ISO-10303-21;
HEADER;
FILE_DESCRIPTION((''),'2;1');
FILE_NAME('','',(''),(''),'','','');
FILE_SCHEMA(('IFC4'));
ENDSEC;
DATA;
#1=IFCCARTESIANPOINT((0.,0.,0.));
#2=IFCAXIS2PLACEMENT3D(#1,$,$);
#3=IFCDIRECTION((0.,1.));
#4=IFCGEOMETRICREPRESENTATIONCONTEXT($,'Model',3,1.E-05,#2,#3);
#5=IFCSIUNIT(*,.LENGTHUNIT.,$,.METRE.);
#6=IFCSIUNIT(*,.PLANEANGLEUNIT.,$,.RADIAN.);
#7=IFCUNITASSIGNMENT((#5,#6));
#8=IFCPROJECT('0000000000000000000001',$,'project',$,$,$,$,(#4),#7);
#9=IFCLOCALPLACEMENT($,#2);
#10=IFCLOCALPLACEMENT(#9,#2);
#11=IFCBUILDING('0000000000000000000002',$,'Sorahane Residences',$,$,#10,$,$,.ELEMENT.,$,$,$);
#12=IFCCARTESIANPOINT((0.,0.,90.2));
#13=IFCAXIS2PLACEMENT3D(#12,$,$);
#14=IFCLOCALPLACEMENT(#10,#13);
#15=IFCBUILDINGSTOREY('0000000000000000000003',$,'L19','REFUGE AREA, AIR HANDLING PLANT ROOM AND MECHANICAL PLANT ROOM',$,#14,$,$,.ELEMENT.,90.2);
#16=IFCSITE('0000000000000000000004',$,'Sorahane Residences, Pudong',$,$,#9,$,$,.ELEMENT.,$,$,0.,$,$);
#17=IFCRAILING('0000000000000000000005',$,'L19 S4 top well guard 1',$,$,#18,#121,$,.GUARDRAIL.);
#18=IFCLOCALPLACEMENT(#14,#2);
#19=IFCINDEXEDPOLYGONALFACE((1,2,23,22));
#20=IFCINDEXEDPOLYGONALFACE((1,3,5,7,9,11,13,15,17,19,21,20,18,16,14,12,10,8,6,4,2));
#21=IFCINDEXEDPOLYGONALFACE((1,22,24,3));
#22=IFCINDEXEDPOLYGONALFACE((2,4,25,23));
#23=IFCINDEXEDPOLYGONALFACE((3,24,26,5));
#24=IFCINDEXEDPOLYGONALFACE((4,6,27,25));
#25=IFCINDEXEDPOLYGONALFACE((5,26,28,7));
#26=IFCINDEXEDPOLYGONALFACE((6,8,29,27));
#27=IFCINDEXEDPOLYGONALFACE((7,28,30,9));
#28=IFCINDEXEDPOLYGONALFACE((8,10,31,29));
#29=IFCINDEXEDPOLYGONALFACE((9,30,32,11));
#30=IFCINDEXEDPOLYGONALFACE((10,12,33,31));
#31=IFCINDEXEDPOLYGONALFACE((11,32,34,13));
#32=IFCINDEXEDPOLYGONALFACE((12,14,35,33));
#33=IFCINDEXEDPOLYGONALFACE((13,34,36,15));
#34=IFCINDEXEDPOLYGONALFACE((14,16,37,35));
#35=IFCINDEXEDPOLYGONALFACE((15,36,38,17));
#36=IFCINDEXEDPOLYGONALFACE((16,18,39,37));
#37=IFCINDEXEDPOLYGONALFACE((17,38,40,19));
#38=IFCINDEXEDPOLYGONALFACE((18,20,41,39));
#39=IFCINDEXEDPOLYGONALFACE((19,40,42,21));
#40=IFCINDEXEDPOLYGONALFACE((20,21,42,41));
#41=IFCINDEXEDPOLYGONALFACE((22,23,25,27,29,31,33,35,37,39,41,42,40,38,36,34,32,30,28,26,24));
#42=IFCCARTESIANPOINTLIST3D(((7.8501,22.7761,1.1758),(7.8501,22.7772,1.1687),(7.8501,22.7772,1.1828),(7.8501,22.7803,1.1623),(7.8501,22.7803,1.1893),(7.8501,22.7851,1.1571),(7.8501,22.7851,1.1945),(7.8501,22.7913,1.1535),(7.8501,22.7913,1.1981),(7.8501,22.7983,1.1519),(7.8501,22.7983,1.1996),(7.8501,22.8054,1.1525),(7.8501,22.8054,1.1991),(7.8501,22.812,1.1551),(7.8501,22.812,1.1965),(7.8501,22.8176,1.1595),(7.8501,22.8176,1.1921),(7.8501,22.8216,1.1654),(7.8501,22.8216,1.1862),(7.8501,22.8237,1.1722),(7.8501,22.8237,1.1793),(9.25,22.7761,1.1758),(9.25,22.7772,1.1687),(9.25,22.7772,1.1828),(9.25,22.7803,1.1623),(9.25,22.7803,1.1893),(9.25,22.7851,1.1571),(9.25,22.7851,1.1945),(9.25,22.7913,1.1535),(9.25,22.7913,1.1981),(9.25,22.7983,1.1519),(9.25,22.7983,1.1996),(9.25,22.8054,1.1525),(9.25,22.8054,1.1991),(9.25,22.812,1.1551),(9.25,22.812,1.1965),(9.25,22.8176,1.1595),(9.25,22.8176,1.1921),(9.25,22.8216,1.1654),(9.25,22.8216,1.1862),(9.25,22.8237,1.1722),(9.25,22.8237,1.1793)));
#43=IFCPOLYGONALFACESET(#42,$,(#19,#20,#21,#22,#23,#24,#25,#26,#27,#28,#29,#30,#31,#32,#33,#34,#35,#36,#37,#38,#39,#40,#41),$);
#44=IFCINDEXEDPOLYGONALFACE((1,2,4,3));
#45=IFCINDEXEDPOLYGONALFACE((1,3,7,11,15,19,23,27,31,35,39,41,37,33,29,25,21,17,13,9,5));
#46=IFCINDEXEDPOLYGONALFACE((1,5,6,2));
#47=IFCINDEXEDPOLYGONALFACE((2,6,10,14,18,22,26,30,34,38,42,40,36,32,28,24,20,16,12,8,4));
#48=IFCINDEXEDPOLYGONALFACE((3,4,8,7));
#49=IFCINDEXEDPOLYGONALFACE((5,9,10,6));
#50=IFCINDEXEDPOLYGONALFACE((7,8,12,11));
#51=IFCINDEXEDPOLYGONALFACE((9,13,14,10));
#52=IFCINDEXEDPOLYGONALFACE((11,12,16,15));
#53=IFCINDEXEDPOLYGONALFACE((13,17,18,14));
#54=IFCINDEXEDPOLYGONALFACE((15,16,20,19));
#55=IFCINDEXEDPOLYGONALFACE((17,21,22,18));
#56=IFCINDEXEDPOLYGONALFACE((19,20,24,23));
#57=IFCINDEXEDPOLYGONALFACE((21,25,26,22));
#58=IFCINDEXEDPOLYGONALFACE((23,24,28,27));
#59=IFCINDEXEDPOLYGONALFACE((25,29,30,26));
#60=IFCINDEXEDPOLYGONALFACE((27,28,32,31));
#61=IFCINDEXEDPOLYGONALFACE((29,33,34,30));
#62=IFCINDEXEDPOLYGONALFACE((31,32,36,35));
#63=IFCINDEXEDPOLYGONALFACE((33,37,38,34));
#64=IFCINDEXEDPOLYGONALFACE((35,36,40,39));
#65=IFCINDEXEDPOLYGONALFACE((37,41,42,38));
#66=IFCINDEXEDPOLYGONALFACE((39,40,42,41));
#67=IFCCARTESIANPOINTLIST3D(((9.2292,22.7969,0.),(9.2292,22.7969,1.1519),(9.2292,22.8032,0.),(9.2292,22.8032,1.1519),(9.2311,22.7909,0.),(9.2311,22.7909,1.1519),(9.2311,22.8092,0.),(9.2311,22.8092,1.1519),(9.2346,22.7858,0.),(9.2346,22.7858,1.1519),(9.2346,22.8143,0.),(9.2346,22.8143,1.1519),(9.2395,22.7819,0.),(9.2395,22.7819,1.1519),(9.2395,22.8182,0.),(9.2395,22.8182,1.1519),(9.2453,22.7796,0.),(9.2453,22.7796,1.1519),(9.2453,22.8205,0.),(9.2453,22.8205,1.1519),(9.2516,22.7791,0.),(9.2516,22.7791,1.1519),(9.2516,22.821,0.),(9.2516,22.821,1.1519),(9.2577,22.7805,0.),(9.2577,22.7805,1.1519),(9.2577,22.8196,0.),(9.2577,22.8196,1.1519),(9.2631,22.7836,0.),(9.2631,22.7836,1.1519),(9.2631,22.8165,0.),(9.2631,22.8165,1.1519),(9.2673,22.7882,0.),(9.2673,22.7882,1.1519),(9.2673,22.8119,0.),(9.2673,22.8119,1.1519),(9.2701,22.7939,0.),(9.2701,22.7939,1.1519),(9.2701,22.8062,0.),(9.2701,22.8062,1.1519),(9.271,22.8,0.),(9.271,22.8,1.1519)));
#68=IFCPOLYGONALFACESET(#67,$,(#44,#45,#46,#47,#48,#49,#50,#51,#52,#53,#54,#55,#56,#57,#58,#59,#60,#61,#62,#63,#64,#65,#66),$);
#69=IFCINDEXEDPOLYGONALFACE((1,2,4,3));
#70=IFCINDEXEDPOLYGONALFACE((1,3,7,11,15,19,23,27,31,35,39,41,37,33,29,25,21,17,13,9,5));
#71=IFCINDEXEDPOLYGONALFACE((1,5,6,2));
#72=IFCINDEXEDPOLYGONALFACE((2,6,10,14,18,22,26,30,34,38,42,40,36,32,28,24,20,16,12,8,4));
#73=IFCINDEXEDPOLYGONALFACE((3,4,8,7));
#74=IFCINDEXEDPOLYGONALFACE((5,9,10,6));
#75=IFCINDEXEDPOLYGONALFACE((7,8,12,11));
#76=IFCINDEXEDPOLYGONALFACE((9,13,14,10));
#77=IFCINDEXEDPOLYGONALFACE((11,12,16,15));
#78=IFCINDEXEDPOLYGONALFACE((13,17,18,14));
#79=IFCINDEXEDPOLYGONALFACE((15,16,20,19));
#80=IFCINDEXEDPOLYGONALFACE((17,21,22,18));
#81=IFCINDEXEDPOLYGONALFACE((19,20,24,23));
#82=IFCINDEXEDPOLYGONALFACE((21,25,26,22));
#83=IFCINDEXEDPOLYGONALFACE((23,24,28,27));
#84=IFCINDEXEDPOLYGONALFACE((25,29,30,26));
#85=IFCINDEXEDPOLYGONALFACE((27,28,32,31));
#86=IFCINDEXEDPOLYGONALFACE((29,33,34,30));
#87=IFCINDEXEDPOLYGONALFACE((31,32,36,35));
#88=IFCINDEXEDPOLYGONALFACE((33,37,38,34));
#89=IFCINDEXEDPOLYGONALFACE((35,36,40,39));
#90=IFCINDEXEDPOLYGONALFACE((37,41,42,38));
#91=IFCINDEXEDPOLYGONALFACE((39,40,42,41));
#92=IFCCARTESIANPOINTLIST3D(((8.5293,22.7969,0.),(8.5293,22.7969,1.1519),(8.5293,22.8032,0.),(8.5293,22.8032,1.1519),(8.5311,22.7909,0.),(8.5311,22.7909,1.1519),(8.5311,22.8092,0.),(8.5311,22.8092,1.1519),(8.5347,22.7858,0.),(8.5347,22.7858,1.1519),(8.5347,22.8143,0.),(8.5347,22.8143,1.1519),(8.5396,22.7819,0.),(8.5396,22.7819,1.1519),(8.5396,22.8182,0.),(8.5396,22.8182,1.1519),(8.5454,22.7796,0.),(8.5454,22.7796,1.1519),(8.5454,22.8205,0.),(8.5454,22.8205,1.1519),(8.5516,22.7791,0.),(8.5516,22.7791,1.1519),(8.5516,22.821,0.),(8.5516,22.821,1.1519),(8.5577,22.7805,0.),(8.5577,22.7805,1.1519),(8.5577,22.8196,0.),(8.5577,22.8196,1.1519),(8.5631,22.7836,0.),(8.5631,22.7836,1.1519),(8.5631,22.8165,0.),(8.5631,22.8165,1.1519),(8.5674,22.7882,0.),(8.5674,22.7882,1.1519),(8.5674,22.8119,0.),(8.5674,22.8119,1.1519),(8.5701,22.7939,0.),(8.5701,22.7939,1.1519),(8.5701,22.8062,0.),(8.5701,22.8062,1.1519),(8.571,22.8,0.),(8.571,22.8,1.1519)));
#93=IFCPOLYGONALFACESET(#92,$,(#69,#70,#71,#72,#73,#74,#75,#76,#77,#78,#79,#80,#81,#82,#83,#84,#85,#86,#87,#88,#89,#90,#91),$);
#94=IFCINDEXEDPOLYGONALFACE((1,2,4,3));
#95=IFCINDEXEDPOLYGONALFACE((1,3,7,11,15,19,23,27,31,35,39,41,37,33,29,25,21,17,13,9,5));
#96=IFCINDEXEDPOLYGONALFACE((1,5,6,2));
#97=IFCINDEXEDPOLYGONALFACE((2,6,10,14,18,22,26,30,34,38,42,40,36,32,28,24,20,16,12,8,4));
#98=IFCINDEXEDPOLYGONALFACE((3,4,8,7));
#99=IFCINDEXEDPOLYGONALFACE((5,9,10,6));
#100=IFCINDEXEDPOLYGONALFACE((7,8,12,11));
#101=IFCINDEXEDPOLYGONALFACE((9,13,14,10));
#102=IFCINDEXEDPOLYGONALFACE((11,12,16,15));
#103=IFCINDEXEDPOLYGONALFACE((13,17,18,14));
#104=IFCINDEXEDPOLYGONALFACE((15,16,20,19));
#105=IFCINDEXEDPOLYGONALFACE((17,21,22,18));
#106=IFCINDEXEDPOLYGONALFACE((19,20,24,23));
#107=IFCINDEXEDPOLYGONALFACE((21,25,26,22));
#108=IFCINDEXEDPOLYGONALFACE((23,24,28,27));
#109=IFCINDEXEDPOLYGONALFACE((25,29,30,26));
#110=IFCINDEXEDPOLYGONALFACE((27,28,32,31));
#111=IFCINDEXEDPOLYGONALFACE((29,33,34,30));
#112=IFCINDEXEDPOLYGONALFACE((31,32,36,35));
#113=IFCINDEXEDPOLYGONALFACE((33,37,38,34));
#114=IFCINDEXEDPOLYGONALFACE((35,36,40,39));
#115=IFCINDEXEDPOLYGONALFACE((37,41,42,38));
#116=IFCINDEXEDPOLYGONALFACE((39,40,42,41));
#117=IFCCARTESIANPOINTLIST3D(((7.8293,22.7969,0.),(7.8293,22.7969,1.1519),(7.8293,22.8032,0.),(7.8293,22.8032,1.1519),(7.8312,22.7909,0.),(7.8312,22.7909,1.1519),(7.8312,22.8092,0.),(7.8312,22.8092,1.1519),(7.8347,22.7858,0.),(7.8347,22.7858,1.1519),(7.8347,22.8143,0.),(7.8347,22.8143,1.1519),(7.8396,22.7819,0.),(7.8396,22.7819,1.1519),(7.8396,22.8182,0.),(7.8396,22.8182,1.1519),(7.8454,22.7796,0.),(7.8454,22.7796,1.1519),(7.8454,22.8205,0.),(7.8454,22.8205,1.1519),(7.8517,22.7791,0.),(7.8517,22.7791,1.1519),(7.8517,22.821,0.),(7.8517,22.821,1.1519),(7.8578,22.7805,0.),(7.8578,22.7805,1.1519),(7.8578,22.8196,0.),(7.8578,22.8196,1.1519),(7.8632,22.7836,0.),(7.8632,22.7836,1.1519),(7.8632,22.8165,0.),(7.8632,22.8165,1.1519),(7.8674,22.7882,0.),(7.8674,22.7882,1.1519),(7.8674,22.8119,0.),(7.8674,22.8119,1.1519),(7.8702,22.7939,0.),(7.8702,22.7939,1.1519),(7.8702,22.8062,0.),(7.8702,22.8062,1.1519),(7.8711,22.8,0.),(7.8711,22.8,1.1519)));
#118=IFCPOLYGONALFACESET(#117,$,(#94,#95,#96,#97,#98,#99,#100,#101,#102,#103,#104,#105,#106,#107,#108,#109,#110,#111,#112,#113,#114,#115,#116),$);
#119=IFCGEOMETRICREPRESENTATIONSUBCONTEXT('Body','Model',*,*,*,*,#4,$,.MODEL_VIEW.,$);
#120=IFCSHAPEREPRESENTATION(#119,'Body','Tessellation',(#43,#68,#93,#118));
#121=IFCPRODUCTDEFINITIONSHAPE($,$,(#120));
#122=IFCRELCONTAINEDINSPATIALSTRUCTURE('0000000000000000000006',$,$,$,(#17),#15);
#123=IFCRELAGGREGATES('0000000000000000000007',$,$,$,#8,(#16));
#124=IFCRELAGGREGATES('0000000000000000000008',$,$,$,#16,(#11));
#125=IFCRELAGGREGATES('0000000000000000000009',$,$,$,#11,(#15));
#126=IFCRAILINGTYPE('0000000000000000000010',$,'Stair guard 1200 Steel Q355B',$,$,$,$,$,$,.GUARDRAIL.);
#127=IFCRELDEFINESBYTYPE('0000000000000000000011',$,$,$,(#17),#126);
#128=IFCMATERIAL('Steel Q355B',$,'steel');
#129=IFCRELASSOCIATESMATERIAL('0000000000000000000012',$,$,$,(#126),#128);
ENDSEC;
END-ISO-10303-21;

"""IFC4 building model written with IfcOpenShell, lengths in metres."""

from ifc_helpers import new_model, si_unit, direction, frame, origin, origin_2d, place, context, subcontext, project, spatial, circle, extrude, material, type_object, element, save


model = new_model("IFC4")

# Units and contexts
model_context = context("Model", 3, precision=1e-05, world=origin(), true_north=direction((0.0, 1.0)))
body_context = subcontext(model_context, "Body", "Model", "MODEL_VIEW")
ifc_project = project(units=[si_unit("LENGTHUNIT", "METRE"), si_unit("PLANEANGLEUNIT", "RADIAN")], contexts=[model_context])

# Site, building, storey
site_placement = place(None, origin())
site = spatial("IfcSite", under=ifc_project, at=site_placement, Name="Sorahane Residences, Pudong", CompositionType="ELEMENT", RefElevation=0.0)
building_placement = place(site_placement, origin())
building = spatial("IfcBuilding", under=site, at=building_placement, Name="Sorahane Residences", CompositionType="ELEMENT")
storey_placement = place(building_placement, frame((0.0, 0.0, 90.2)))
storey = spatial("IfcBuildingStorey", under=building, at=storey_placement, Name="L19", Description="REFUGE AREA, AIR HANDLING PLANT ROOM AND MECHANICAL PLANT ROOM", CompositionType="ELEMENT", Elevation=90.2)

# Railing
ifc_material_1 = material(Name="Steel Q355B", Category="steel")
railing_type_1 = type_object("IfcRailingType", Name="Stair guard 1200 Steel Q355B", PredefinedType="GUARDRAIL", material=ifc_material_1)
railing_1_placement = place(storey_placement, frame((9.25, 22.8, 0.0)))
element("IfcRailing", 1, at=railing_1_placement, inside=storey, type_object=railing_type_1, Name="L19 S4 top well guard 1", PredefinedType="GUARDRAIL", context=body_context, shape_type="SweptSolid", body=[
    extrude(circle(Radius=0.0239, at=origin_2d()), frame((0.0, 0.0, 1.1758), z_axis=(-1.0, 0.0, 0.0), x_axis=(0.0, -1.0, 0.0)), (0.0, 0.0, 1.0), 1.3999),
    extrude(circle(Radius=0.021, at=origin_2d()), origin(), (0.0, 0.0, 1.0), 1.1519),
    extrude(circle(Radius=0.021, at=origin_2d()), frame((-0.7, 0.0, 0.0)), (0.0, 0.0, 1.0), 1.1519),
    extrude(circle(Radius=0.021, at=origin_2d()), frame((-1.3999, 0.0, 0.0)), (0.0, 0.0, 1.0), 1.1519),
])

save(model, "model.ifc")
